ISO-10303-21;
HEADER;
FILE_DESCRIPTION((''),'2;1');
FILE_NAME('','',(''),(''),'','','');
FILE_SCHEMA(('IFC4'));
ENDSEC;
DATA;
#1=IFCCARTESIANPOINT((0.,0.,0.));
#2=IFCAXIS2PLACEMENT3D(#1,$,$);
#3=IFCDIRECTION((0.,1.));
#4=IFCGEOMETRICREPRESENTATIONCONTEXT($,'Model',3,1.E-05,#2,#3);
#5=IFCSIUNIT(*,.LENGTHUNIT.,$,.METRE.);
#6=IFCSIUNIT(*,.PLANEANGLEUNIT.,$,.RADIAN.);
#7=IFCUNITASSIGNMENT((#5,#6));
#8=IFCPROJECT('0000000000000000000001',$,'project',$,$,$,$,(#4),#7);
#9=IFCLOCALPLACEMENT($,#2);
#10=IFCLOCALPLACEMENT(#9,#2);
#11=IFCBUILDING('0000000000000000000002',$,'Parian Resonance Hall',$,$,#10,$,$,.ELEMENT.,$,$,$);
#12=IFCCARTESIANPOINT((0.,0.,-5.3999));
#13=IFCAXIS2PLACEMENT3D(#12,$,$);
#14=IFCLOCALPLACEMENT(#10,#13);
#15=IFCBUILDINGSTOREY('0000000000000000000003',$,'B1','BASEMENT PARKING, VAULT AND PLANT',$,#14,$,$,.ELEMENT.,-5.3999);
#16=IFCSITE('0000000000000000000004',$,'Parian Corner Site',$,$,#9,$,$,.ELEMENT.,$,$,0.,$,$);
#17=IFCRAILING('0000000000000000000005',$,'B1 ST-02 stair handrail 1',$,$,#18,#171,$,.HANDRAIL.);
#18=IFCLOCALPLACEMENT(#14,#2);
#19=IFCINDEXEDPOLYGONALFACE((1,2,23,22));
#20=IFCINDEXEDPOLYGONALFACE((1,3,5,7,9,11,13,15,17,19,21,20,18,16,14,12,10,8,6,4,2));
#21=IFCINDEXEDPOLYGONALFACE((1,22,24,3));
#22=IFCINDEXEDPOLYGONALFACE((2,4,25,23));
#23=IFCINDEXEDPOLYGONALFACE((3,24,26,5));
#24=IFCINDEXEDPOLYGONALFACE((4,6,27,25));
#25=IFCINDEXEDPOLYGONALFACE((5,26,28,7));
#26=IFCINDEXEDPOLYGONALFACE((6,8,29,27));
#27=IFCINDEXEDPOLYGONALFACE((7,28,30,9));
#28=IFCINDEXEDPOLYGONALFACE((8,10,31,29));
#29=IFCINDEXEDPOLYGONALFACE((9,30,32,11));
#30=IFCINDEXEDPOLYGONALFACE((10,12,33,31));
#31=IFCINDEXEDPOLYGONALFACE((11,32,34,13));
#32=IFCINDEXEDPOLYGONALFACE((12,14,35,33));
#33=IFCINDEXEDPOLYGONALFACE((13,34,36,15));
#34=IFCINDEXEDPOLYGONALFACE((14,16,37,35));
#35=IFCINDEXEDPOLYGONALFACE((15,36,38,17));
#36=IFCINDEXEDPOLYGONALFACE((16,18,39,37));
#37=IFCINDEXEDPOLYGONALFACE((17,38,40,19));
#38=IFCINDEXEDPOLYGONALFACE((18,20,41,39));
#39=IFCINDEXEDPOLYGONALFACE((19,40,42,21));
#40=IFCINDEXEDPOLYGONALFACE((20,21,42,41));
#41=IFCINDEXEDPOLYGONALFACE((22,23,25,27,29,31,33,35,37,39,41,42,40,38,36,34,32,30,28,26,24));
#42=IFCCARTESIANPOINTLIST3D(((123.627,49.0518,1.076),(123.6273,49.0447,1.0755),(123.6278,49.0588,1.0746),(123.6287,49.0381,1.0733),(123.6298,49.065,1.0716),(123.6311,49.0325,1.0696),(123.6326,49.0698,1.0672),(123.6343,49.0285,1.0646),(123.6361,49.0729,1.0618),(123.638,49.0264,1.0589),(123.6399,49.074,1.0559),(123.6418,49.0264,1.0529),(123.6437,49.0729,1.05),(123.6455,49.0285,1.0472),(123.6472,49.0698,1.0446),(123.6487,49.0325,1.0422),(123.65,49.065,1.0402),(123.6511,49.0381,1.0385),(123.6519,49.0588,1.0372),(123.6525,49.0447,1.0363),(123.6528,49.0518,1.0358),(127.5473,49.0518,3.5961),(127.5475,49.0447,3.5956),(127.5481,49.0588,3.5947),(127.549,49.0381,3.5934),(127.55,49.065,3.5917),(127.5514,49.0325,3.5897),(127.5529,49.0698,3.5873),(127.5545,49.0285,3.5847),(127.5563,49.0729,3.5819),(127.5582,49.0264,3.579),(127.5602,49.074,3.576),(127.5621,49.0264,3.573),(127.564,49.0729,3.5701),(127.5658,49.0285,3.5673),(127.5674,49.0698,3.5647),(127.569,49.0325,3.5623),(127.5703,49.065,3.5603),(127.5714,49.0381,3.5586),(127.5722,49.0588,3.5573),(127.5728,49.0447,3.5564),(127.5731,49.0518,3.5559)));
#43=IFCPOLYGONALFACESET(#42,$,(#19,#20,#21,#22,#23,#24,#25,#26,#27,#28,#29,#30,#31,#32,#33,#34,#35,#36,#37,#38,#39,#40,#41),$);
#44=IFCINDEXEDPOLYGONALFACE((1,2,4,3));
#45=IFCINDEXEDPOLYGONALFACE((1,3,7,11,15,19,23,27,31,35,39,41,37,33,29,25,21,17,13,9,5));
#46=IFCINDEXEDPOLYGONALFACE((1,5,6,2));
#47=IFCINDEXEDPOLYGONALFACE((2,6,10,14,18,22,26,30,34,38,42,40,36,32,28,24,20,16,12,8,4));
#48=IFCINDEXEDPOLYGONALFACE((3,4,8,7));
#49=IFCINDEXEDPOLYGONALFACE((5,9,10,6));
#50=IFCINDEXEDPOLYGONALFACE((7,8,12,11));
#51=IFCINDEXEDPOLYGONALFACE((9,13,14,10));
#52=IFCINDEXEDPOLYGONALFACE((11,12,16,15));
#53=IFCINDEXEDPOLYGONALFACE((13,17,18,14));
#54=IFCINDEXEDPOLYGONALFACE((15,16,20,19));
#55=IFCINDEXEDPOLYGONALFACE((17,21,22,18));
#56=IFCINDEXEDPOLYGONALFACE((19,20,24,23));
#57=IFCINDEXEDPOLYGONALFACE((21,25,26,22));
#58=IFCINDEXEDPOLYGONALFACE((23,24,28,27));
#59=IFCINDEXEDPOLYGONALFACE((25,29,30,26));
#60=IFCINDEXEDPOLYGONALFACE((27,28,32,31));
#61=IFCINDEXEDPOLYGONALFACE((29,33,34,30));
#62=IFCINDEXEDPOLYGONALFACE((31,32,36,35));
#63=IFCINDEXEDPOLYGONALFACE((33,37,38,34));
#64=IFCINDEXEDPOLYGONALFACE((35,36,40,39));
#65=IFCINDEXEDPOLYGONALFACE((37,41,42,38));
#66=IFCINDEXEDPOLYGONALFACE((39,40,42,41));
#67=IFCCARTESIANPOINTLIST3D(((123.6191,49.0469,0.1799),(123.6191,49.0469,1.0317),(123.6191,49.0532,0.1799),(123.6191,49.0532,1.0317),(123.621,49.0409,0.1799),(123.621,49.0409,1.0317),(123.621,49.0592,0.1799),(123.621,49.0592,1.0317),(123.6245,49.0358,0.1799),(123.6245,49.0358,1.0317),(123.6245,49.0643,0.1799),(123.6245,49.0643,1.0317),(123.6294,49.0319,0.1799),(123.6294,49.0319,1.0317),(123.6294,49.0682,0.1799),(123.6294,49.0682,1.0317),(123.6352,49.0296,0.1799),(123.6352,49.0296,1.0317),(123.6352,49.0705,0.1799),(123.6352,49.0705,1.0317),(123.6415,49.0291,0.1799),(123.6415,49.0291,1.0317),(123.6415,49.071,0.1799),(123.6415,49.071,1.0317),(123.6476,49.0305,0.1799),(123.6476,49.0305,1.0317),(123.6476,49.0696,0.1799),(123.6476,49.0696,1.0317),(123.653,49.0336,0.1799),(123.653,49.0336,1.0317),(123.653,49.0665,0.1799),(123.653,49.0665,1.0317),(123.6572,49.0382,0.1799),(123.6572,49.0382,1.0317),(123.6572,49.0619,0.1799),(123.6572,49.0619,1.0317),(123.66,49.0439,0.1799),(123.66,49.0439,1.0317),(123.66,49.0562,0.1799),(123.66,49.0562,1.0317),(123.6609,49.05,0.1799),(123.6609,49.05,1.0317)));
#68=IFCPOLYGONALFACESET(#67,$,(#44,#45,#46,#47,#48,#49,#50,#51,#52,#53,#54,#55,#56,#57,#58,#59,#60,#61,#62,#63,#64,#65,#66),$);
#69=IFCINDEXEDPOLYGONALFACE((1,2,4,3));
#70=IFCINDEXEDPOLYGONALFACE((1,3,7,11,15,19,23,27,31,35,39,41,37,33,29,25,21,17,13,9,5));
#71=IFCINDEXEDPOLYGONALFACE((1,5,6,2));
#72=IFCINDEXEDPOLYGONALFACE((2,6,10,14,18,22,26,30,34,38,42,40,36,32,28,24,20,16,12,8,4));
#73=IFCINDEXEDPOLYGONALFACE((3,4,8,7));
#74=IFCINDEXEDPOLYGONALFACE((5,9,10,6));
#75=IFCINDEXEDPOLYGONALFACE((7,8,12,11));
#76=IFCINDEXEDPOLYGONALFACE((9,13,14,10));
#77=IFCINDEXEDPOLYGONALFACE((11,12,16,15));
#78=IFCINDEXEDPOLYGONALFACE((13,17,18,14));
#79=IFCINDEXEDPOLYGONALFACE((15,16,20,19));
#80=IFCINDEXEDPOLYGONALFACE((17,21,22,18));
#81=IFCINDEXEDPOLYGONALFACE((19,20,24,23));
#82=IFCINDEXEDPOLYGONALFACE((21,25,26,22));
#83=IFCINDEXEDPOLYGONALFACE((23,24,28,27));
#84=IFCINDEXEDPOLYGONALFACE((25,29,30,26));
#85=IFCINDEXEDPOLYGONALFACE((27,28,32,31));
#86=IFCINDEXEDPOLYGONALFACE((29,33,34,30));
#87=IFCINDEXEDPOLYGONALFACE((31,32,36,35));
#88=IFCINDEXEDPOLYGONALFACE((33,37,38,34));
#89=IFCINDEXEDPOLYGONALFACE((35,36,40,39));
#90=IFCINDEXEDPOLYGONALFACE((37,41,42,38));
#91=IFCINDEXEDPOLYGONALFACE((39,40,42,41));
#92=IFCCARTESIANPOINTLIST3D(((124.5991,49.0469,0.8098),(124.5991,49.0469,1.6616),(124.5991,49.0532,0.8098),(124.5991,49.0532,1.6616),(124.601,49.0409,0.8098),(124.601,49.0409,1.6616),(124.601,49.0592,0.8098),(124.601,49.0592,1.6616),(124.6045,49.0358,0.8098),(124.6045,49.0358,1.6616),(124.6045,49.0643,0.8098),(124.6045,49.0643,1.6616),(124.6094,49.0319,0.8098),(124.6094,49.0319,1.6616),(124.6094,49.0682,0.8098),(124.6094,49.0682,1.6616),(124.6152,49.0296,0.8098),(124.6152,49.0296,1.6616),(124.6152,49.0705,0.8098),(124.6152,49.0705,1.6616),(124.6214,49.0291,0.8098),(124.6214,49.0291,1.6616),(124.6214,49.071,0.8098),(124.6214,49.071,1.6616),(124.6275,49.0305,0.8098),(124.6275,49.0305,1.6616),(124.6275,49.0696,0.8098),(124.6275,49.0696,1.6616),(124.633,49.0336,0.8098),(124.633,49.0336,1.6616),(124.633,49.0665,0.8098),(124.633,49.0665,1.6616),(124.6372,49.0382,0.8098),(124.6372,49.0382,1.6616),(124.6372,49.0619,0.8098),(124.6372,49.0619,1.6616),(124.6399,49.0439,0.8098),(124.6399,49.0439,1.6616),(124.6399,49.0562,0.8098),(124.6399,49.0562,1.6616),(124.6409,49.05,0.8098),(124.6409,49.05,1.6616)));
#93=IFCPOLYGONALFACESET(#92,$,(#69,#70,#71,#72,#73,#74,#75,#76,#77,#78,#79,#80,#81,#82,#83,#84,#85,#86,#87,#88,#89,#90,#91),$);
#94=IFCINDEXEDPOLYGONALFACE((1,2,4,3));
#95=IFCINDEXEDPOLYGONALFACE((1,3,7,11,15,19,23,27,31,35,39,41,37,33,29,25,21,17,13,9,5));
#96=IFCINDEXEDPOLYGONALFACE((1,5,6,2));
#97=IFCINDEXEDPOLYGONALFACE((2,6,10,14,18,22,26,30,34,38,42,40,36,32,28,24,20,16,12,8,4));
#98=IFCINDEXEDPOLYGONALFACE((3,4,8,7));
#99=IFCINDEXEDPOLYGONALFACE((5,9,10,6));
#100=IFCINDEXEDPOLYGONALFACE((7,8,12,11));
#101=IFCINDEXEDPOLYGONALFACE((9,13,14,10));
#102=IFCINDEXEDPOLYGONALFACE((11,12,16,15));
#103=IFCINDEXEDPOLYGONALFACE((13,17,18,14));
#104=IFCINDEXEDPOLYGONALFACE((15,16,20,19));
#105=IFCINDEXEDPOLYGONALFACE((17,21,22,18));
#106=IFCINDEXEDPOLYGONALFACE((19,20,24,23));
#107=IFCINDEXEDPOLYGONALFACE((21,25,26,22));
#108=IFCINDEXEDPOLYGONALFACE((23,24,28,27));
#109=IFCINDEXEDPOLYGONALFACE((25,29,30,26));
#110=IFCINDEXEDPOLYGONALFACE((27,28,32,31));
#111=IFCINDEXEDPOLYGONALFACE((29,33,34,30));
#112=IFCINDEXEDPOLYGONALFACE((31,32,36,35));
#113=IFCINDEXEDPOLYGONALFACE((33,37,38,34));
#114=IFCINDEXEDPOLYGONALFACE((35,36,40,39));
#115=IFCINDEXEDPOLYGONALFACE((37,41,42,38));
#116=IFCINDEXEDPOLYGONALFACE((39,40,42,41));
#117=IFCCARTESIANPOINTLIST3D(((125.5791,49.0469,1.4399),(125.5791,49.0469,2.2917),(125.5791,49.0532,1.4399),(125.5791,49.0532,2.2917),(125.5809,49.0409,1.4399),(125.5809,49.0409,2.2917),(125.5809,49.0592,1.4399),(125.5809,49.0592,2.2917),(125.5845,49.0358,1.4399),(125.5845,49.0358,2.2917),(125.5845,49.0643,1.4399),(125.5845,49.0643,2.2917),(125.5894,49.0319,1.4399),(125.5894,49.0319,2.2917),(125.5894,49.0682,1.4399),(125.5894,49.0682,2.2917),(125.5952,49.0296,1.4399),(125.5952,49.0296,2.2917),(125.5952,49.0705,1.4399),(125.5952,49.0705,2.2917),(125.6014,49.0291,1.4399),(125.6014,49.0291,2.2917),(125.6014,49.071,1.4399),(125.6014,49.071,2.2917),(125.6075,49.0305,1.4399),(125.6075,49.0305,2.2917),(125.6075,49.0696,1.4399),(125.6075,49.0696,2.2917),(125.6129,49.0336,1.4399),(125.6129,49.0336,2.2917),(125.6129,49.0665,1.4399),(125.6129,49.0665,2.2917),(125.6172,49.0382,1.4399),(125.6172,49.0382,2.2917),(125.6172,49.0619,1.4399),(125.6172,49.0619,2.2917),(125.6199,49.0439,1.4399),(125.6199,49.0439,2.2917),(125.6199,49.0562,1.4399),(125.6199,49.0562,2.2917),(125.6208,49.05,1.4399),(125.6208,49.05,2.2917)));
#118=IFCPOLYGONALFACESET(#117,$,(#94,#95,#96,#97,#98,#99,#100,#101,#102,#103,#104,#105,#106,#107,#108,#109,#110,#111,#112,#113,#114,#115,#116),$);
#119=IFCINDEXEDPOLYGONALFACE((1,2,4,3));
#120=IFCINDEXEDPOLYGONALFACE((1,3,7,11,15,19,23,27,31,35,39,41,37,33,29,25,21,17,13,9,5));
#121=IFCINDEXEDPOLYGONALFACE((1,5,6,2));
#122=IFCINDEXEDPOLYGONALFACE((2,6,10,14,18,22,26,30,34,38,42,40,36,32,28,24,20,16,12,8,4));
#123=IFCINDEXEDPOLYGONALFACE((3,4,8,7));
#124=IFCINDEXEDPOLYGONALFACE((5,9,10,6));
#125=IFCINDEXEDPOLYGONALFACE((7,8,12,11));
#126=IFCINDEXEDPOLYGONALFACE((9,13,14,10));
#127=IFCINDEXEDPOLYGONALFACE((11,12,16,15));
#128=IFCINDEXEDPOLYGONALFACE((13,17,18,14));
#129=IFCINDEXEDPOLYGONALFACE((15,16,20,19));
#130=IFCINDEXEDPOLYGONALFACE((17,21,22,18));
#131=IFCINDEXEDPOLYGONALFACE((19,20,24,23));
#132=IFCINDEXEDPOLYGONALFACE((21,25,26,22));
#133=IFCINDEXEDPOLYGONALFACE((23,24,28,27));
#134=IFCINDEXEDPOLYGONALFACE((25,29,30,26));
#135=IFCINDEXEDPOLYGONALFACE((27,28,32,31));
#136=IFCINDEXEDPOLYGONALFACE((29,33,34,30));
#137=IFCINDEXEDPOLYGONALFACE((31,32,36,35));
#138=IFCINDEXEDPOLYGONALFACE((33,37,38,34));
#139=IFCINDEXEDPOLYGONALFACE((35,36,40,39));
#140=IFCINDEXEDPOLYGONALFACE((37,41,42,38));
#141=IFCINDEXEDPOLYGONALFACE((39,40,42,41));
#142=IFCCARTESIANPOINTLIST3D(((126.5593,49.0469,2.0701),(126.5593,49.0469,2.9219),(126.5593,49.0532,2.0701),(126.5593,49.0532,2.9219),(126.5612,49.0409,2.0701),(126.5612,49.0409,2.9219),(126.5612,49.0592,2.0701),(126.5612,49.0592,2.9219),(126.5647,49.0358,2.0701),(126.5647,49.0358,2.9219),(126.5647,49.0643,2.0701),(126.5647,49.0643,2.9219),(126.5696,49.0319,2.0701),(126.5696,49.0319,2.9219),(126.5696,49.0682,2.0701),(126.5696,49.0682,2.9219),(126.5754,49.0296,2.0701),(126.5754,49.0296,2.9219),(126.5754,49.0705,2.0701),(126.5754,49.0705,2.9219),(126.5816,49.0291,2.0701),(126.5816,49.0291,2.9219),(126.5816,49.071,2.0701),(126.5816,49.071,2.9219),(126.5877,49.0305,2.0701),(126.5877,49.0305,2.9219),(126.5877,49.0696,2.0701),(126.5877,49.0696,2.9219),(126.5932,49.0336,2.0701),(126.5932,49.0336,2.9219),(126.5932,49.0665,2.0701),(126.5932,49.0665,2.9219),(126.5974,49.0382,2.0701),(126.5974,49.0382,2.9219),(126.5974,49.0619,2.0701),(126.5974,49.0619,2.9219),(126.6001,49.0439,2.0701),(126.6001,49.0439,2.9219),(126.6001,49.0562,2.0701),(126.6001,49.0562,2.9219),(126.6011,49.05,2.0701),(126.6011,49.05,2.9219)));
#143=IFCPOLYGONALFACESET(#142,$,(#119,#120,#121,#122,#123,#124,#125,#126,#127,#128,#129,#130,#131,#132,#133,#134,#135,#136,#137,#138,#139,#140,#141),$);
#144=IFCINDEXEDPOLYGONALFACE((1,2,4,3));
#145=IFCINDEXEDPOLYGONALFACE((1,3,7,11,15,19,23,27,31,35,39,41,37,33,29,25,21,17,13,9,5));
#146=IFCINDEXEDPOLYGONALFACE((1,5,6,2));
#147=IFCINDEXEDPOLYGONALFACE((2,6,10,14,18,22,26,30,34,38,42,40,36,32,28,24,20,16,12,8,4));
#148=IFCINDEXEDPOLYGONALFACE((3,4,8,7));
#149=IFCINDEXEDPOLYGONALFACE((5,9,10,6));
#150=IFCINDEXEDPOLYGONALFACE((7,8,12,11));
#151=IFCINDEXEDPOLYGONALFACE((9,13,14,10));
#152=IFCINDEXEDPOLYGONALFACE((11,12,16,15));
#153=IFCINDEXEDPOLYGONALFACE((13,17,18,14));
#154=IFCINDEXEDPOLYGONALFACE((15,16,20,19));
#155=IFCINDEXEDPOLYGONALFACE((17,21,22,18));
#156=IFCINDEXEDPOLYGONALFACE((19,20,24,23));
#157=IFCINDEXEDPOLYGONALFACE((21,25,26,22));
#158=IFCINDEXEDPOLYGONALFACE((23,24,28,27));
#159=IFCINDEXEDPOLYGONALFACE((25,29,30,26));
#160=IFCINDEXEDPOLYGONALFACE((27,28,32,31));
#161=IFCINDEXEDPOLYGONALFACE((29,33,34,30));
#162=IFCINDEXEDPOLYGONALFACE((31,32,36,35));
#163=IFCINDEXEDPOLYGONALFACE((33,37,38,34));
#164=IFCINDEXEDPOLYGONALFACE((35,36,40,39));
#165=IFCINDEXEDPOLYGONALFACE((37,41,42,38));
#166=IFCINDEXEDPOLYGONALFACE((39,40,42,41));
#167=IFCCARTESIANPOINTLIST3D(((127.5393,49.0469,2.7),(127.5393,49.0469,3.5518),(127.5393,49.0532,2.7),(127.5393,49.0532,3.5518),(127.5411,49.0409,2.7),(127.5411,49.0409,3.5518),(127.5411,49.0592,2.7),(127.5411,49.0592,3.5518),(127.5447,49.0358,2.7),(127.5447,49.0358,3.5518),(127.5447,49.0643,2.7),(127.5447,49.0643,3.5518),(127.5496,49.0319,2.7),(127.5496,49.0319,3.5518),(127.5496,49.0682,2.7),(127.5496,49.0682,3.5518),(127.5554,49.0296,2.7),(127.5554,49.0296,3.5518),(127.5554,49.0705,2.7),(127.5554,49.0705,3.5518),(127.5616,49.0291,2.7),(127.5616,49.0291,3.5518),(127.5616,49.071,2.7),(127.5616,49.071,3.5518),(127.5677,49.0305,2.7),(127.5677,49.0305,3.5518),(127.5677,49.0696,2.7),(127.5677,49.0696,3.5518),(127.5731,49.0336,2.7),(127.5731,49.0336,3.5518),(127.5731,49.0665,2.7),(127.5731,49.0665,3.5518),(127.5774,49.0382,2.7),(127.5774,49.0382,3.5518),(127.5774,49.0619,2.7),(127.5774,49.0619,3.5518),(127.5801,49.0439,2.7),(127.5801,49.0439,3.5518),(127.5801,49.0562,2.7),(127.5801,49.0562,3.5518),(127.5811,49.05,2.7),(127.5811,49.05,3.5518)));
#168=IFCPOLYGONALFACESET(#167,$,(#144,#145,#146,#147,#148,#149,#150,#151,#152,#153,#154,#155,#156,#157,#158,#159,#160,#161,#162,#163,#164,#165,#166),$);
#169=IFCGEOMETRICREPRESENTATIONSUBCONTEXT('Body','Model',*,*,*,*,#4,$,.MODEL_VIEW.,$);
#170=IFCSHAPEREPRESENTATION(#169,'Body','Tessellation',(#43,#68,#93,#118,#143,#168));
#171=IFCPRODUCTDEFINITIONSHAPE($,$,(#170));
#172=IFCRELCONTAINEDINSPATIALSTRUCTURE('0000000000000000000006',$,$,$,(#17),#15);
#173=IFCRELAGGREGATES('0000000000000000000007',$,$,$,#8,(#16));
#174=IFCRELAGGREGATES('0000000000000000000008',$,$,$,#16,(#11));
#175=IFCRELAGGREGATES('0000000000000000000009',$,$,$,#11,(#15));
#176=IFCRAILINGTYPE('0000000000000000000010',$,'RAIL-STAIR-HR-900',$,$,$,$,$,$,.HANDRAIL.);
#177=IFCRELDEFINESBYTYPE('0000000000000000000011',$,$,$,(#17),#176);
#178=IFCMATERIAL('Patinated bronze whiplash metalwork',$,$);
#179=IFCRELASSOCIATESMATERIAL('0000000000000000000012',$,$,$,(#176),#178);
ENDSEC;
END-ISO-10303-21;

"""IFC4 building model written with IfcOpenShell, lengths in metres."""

from ifc_helpers import new_model, si_unit, direction, frame, origin, origin_2d, place, context, subcontext, project, spatial, circle, extrude, material, type_object, element, save


model = new_model("IFC4")

# Units and contexts
model_context = context("Model", 3, precision=1e-05, world=origin(), true_north=direction((0.0, 1.0)))
body_context = subcontext(model_context, "Body", "Model", "MODEL_VIEW")
ifc_project = project(units=[si_unit("LENGTHUNIT", "METRE"), si_unit("PLANEANGLEUNIT", "RADIAN")], contexts=[model_context])

# Site, building, storey
site_placement = place(None, origin())
site = spatial("IfcSite", under=ifc_project, at=site_placement, Name="Parian Corner Site", CompositionType="ELEMENT", RefElevation=0.0)
building_placement = place(site_placement, origin())
building = spatial("IfcBuilding", under=site, at=building_placement, Name="Parian Resonance Hall", CompositionType="ELEMENT")
storey_placement = place(building_placement, frame((0.0, 0.0, -5.3999)))
storey = spatial("IfcBuildingStorey", under=building, at=storey_placement, Name="B1", Description="BASEMENT PARKING, VAULT AND PLANT", CompositionType="ELEMENT", Elevation=-5.3999)

# Railing
ifc_material_1 = material(Name="Patinated bronze whiplash metalwork")
railing_type_1 = type_object("IfcRailingType", Name="RAIL-STAIR-HR-900", PredefinedType="HANDRAIL", material=ifc_material_1)
railing_1_placement = place(storey_placement, frame((123.6399, 49.05, 0.1799)))
element("IfcRailing", 1, at=railing_1_placement, inside=storey, type_object=railing_type_1, Name="B1 ST-02 stair handrail 1", PredefinedType="HANDRAIL", context=body_context, shape_type="SweptSolid", body=[
    extrude(circle(Radius=0.0239, at=origin_2d()), frame((0.0, 0.0, 0.876), z_axis=(0.841187, 0.0, 0.540744), x_axis=(0.0, 1.0, 0.0)), (0.0, 0.0, 1.0), 4.6604),
    extrude(circle(Radius=0.021, at=origin_2d()), origin(), (0.0, 0.0, 1.0), 0.8518),
    extrude(circle(Radius=0.021, at=origin_2d()), frame((0.98, 0.0, 0.6299)), (0.0, 0.0, 1.0), 0.8518),
    extrude(circle(Radius=0.021, at=origin_2d()), frame((1.96, 0.0, 1.26)), (0.0, 0.0, 1.0), 0.8518),
    extrude(circle(Radius=0.021, at=origin_2d()), frame((2.9402, 0.0, 1.8901)), (0.0, 0.0, 1.0), 0.8518),
    extrude(circle(Radius=0.021, at=origin_2d()), frame((3.9202, 0.0, 2.52)), (0.0, 0.0, 1.0), 0.8518),
])

save(model, "model.ifc")
